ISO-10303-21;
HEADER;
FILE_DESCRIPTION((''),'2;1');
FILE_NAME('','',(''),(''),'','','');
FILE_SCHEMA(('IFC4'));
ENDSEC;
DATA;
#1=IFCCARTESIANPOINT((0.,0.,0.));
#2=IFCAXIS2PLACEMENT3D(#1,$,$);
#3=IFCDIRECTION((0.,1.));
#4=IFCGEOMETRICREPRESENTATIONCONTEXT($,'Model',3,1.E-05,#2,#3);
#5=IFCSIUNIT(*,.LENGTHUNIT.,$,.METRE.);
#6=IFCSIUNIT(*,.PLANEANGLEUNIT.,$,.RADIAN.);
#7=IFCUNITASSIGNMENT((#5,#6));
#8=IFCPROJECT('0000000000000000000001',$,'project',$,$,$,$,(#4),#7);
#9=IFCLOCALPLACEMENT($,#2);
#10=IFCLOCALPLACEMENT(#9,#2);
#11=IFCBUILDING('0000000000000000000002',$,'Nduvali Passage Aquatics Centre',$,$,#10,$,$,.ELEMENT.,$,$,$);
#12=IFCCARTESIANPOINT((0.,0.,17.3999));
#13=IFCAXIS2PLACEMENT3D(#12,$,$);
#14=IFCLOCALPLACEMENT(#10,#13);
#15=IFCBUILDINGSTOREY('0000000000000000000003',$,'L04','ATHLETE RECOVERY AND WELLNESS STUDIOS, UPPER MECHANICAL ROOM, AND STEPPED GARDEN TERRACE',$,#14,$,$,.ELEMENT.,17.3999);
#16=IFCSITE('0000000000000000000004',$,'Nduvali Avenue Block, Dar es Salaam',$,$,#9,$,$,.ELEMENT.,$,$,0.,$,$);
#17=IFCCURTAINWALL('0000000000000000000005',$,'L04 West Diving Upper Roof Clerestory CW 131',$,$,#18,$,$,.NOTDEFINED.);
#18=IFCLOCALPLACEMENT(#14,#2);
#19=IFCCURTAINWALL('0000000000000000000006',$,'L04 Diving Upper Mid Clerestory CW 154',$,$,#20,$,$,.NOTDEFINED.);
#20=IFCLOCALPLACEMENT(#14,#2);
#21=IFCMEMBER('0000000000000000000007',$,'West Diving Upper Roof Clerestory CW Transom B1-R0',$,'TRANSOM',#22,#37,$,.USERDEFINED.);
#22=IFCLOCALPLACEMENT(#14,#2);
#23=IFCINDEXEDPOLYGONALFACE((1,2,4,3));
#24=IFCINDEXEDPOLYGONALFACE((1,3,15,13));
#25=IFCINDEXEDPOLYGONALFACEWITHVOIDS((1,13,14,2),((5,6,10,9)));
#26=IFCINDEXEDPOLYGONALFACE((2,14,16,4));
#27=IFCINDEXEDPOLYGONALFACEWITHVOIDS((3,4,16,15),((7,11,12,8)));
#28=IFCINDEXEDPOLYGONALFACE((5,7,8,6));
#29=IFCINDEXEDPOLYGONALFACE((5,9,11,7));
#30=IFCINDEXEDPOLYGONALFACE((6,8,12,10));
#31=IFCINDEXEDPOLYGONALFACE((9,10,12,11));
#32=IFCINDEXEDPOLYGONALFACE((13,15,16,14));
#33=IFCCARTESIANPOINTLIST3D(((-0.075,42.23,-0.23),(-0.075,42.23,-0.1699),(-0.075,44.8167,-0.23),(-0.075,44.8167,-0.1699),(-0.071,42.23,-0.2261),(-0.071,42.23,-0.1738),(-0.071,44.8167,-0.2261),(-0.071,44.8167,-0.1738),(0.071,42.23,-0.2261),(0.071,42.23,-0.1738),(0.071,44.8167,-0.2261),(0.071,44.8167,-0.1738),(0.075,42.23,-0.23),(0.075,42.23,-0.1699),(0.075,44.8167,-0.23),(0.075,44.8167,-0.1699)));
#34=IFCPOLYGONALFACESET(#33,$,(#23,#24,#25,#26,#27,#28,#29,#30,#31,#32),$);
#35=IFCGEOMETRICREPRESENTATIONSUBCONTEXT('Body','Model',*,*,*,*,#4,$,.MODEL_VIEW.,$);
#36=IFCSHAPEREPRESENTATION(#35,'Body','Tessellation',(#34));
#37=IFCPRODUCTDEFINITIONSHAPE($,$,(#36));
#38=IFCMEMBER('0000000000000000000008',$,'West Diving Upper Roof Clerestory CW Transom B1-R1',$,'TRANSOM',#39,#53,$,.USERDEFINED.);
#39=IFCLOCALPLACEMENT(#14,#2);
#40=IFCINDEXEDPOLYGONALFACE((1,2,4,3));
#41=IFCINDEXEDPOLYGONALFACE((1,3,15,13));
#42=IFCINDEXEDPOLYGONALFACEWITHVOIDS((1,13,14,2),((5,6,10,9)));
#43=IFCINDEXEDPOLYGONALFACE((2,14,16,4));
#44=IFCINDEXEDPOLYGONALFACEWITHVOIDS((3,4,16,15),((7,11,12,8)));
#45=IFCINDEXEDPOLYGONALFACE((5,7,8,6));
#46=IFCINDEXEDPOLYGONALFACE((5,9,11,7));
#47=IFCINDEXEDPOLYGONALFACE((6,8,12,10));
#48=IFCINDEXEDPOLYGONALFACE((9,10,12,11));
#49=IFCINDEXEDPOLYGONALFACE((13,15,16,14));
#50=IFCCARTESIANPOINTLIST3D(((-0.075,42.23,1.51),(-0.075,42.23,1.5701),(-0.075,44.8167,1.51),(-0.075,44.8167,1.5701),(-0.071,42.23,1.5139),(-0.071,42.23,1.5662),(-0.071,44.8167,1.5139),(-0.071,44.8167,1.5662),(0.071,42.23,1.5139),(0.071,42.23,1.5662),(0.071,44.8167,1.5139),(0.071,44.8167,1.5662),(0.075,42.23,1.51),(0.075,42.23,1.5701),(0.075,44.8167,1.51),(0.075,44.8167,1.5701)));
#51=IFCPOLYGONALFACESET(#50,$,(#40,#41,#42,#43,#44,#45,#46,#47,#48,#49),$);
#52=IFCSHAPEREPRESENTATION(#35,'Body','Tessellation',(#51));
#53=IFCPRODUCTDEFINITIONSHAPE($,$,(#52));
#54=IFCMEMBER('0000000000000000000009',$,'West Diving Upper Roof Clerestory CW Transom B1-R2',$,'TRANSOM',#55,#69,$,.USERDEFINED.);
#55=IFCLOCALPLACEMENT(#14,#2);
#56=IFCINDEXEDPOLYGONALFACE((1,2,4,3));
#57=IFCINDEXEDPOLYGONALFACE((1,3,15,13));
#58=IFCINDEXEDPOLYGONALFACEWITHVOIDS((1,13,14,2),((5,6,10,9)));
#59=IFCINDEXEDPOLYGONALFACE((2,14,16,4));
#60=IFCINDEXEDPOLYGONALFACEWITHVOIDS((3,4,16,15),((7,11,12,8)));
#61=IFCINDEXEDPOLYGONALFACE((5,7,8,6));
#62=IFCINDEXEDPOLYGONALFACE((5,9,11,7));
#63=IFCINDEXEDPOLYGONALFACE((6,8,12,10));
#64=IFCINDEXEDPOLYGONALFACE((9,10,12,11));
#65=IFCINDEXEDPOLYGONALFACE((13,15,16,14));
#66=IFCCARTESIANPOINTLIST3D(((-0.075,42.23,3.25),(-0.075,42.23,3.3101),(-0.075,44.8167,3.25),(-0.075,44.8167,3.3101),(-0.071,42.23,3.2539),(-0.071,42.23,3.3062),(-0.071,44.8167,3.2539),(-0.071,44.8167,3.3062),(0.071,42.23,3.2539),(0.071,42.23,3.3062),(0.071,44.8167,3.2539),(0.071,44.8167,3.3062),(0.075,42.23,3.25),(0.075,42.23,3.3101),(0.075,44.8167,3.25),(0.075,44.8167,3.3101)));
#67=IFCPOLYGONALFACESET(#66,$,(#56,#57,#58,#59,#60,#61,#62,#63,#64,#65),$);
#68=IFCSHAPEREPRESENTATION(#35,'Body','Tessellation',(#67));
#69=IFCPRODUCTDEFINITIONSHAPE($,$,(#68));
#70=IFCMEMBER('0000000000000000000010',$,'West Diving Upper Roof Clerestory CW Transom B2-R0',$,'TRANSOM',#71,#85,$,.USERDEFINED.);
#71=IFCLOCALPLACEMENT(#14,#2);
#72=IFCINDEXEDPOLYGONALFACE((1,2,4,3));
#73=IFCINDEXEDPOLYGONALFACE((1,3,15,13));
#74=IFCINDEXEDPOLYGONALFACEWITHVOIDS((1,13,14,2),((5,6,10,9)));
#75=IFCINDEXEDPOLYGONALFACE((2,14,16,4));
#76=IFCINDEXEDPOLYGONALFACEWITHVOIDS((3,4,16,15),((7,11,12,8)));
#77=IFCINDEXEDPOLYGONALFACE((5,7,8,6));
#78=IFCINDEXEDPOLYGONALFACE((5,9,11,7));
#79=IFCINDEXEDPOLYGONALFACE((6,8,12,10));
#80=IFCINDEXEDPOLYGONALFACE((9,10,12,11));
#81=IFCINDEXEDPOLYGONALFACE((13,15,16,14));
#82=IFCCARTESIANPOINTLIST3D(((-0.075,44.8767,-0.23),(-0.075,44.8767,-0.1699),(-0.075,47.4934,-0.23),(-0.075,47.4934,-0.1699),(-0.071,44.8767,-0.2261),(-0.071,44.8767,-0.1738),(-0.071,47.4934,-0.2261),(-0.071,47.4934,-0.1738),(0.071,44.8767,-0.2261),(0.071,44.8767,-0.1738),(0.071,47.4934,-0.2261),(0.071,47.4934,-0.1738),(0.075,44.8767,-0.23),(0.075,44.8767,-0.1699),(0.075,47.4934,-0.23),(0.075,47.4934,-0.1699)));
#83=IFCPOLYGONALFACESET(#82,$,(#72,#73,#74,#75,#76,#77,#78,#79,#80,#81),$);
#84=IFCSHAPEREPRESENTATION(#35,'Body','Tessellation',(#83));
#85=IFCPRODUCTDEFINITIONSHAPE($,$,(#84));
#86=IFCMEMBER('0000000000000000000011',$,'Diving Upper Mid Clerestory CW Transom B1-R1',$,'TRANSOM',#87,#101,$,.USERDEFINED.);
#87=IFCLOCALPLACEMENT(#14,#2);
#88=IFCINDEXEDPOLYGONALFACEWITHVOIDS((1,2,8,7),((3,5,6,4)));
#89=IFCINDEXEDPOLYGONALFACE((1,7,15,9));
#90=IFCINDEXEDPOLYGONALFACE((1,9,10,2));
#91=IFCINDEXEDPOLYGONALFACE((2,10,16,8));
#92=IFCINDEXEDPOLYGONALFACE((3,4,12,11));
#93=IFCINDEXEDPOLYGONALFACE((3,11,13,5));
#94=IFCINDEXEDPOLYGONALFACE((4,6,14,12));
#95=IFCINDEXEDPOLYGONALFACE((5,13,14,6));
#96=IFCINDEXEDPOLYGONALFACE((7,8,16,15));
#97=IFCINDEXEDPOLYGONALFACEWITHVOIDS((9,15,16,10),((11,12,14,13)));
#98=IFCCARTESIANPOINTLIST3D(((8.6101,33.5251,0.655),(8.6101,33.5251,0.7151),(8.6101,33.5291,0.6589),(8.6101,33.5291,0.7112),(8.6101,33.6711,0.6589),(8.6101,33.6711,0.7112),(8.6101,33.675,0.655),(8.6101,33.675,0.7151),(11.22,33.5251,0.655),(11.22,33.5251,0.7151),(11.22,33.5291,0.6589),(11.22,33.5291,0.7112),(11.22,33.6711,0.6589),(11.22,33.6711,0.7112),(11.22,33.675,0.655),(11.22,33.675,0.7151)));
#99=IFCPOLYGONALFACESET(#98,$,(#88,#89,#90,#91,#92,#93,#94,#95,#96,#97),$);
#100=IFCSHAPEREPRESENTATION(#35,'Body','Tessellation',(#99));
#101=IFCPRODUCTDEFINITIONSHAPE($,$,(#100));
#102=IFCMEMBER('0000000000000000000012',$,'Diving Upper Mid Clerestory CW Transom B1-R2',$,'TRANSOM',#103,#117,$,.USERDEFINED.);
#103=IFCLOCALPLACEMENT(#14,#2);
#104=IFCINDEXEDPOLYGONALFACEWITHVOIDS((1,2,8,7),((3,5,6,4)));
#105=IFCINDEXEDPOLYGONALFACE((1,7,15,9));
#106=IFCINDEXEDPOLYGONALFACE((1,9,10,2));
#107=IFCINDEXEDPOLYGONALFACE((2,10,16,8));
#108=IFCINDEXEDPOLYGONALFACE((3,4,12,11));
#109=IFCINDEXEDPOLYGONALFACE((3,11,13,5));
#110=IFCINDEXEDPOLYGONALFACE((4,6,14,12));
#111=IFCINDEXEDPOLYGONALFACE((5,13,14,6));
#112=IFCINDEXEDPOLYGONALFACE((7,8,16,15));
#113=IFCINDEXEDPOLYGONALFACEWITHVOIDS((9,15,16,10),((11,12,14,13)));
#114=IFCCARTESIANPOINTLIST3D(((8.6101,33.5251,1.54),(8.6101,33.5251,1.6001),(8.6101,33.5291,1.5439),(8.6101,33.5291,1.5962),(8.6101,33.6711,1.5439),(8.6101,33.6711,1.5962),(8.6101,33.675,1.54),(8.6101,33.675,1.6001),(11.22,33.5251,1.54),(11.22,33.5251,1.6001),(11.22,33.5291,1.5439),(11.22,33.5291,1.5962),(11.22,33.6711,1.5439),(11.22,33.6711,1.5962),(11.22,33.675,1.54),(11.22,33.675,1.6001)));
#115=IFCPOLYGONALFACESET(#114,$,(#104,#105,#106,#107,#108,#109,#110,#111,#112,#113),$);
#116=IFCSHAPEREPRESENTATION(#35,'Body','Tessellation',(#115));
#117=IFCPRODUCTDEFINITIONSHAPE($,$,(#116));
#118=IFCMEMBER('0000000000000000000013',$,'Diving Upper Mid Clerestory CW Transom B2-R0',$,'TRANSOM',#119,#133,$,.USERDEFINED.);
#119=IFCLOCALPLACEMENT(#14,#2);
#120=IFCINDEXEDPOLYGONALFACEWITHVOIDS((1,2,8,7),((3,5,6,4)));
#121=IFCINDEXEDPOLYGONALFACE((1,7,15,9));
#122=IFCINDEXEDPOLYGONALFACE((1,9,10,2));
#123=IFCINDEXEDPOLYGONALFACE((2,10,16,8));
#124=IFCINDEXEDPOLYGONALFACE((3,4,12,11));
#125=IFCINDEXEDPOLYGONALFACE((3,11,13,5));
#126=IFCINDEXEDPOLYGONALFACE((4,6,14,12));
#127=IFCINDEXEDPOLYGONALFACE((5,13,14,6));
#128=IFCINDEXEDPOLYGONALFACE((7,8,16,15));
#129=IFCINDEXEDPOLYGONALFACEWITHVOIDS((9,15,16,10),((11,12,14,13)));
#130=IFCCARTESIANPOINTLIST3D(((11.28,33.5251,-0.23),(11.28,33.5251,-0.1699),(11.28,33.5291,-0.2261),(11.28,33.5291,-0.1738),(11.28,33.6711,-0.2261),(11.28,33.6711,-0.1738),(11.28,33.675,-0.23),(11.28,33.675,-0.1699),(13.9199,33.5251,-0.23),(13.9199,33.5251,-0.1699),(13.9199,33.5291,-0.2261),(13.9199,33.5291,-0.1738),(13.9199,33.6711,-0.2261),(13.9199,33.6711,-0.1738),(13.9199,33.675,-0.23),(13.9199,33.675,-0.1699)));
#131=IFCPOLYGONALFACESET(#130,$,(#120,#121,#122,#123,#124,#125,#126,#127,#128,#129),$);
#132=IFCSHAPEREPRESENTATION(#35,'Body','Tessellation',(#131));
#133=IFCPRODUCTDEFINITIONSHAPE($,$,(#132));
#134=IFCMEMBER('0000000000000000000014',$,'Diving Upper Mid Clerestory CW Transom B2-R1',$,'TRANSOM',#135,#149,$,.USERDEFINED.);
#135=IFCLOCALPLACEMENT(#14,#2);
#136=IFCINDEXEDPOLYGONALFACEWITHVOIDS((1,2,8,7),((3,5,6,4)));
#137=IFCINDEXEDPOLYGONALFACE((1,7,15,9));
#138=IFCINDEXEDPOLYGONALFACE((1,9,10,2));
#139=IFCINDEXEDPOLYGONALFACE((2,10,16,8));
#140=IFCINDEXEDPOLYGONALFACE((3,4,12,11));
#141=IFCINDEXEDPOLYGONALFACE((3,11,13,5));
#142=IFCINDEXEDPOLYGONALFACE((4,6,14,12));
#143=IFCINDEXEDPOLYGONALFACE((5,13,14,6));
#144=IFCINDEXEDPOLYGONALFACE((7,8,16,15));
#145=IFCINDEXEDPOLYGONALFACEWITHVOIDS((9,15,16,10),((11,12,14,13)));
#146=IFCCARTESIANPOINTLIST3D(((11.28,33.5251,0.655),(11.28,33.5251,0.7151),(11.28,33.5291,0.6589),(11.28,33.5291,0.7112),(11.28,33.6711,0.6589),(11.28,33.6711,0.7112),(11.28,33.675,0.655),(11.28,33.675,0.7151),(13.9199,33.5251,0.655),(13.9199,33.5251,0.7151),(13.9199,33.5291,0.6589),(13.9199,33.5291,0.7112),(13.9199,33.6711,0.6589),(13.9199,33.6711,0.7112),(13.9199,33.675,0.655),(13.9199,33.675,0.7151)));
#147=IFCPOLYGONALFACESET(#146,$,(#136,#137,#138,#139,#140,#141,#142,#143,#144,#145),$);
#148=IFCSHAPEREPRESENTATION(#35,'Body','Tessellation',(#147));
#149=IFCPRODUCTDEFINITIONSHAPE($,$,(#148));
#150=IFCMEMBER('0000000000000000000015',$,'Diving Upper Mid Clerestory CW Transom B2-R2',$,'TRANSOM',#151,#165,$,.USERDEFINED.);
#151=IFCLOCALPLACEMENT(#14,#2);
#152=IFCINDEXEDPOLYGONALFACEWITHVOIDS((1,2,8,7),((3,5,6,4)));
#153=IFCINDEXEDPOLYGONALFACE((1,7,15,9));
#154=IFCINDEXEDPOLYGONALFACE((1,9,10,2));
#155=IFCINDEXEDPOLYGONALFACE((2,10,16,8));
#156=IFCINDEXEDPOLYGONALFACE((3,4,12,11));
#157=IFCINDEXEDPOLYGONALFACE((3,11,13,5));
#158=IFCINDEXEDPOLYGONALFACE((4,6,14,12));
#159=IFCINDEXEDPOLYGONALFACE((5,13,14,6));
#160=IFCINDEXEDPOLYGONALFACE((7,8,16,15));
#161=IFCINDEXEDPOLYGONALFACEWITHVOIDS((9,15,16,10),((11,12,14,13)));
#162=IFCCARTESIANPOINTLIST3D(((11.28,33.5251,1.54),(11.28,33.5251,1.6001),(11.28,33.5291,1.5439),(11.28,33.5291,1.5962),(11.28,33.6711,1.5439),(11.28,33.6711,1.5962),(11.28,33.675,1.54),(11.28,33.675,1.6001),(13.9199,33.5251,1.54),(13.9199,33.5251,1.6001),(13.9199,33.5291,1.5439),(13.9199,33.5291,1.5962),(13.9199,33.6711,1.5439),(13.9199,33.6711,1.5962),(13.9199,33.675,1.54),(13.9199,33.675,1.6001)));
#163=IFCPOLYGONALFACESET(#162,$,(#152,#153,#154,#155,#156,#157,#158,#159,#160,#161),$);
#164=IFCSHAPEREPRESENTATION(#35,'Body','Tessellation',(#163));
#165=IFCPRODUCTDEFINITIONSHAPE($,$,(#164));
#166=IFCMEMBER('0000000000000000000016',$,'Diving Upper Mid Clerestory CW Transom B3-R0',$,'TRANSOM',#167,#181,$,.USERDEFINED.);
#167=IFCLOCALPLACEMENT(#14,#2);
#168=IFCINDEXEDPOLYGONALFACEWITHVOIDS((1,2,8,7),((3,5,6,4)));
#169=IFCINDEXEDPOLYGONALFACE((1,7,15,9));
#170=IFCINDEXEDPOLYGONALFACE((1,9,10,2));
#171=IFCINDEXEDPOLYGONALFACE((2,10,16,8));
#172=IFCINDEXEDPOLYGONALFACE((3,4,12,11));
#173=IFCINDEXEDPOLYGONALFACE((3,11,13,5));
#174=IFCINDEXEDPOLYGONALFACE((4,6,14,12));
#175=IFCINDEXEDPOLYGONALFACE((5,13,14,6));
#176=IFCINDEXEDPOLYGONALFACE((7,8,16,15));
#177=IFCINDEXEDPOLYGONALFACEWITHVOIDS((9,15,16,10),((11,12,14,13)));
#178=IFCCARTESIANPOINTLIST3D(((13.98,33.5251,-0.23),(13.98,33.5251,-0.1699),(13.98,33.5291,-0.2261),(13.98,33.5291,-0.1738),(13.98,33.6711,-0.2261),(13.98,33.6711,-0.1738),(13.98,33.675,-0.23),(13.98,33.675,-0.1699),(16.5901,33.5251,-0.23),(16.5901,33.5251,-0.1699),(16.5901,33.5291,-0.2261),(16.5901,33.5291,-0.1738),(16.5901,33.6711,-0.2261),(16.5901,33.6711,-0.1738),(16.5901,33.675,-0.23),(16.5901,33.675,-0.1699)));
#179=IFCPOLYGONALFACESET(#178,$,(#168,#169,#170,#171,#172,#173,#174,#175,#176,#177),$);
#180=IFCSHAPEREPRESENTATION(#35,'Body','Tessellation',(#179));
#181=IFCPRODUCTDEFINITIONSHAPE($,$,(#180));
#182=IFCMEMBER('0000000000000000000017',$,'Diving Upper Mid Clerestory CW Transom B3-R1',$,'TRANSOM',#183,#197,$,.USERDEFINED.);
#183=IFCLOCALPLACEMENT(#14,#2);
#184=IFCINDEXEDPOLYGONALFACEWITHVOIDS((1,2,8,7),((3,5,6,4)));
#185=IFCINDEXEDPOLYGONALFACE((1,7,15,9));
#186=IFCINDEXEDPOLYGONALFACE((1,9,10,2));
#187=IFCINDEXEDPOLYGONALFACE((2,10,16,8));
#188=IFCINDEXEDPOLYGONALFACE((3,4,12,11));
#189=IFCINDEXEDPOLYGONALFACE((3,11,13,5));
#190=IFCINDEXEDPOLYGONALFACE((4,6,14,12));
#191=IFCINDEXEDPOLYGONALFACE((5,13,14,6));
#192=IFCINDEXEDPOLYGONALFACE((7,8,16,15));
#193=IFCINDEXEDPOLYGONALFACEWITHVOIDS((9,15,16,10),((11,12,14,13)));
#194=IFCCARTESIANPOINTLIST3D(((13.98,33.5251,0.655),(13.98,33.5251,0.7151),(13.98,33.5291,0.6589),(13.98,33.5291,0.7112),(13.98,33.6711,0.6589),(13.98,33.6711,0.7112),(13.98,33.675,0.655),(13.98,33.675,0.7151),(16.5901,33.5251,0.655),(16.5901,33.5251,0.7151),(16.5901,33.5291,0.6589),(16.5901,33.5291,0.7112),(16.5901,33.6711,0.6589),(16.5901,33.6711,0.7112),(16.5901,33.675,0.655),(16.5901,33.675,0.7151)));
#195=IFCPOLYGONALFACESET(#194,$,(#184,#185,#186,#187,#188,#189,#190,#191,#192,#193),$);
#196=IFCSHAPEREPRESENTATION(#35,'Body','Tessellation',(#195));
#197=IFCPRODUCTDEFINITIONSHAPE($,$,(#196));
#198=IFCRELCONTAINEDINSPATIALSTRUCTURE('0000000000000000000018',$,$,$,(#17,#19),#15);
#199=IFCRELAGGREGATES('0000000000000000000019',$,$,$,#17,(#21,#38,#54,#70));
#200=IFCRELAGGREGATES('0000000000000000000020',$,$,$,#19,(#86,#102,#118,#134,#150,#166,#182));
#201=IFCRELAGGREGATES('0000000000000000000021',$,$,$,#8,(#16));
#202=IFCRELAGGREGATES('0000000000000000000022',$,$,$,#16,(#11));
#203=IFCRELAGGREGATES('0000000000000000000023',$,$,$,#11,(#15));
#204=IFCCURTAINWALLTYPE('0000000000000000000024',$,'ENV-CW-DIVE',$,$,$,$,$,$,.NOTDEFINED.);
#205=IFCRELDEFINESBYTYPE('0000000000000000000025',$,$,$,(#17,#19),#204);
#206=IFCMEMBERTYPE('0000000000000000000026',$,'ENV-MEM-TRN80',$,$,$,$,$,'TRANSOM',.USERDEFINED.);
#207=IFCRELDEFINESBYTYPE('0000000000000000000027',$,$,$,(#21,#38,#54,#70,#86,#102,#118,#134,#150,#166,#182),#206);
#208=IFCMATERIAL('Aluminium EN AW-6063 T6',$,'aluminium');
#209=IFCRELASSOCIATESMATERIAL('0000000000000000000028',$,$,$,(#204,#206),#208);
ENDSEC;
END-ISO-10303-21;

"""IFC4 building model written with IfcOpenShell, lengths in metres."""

from ifc_helpers import new_model, si_unit, direction, frame, origin, origin_2d, place, context, subcontext, project, spatial, hollow_rectangle, extrude, material, material_profile, profile_set, type_object, element, aggregate, save


model = new_model("IFC4")

# Units and contexts
model_context = context("Model", 3, precision=1e-05, world=origin(), true_north=direction((0.0, 1.0)))
body_context = subcontext(model_context, "Body", "Model", "MODEL_VIEW")
ifc_project = project(units=[si_unit("LENGTHUNIT", "METRE"), si_unit("PLANEANGLEUNIT", "RADIAN")], contexts=[model_context])

# Site, building, storey
site_placement = place(None, origin())
site = spatial("IfcSite", under=ifc_project, at=site_placement, Name="Nduvali Avenue Block, Dar es Salaam", CompositionType="ELEMENT", RefElevation=0.0)
building_placement = place(site_placement, origin())
building = spatial("IfcBuilding", under=site, at=building_placement, Name="Nduvali Passage Aquatics Centre", CompositionType="ELEMENT")
storey_placement = place(building_placement, frame((0.0, 0.0, 17.3999)))
storey = spatial("IfcBuildingStorey", under=building, at=storey_placement, Name="L04", Description="ATHLETE RECOVERY AND WELLNESS STUDIOS, UPPER MECHANICAL ROOM, AND STEPPED GARDEN TERRACE", CompositionType="ELEMENT", Elevation=17.3999)

# Curtain walls
ifc_material_1 = material(Name="Aluminium EN AW-6063 T6", Category="aluminium")
curtain_wall_type = type_object("IfcCurtainWallType", Name="ENV-CW-DIVE", PredefinedType="NOTDEFINED", material=ifc_material_1)
curtain_wall_1_placement = place(storey_placement, origin())
curtain_wall_1 = element("IfcCurtainWall", 1, at=curtain_wall_1_placement, inside=storey, type_object=curtain_wall_type, Name="L04 West Diving Upper Roof Clerestory CW 131", PredefinedType="NOTDEFINED")
curtain_wall_2_placement = place(storey_placement, origin())
curtain_wall_2 = element("IfcCurtainWall", 2, at=curtain_wall_2_placement, inside=storey, type_object=curtain_wall_type, Name="L04 Diving Upper Mid Clerestory CW 154", PredefinedType="NOTDEFINED")

# Members
ifc_material_profile_1 = material_profile(ifc_material_1, hollow_rectangle(XDim=0.1499, YDim=0.0601, WallThickness=0.0039, at=origin_2d()), Name="ALU TRANSOM 150x60x4")
ifc_profile_set_1 = profile_set([ifc_material_profile_1], Name="Aluminium EN AW-6063 T6")
member_type_1 = type_object("IfcMemberType", Name="ENV-MEM-TRN80", ElementType="TRANSOM", PredefinedType="USERDEFINED", material=ifc_profile_set_1)
member_1_placement = place(storey_placement, frame((0.0, 42.23, -0.2), z_axis=(0.0, 1.0, 0.0), x_axis=(-1.0, 0.0, 0.0)))
member_1 = element("IfcMember", 3, at=member_1_placement, type_object=member_type_1, Name="West Diving Upper Roof Clerestory CW Transom B1-R0", ObjectType="TRANSOM", PredefinedType="USERDEFINED", context=body_context, shape_type="SweptSolid", body=[
    extrude(hollow_rectangle(XDim=0.1499, YDim=0.0601, WallThickness=0.0039, at=origin_2d()), origin(), (0.0, 0.0, 1.0), 2.5867),
])
member_2_placement = place(storey_placement, frame((0.0, 42.23, 1.54), z_axis=(0.0, 1.0, 0.0), x_axis=(-1.0, 0.0, 0.0)))
member_2 = element("IfcMember", 4, at=member_2_placement, type_object=member_type_1, Name="West Diving Upper Roof Clerestory CW Transom B1-R1", ObjectType="TRANSOM", PredefinedType="USERDEFINED", context=body_context, shape_type="SweptSolid", body=[
    extrude(hollow_rectangle(XDim=0.1499, YDim=0.0601, WallThickness=0.0039, at=origin_2d()), origin(), (0.0, 0.0, 1.0), 2.5867),
])
member_3_placement = place(storey_placement, frame((0.0, 42.23, 3.28), z_axis=(0.0, 1.0, 0.0), x_axis=(-1.0, 0.0, 0.0)))
member_3 = element("IfcMember", 5, at=member_3_placement, type_object=member_type_1, Name="West Diving Upper Roof Clerestory CW Transom B1-R2", ObjectType="TRANSOM", PredefinedType="USERDEFINED", context=body_context, shape_type="SweptSolid", body=[
    extrude(hollow_rectangle(XDim=0.1499, YDim=0.0601, WallThickness=0.0039, at=origin_2d()), origin(), (0.0, 0.0, 1.0), 2.5867),
])
member_4_placement = place(storey_placement, frame((0.0, 44.8767, -0.2), z_axis=(0.0, 1.0, 0.0), x_axis=(-1.0, 0.0, 0.0)))
member_4 = element("IfcMember", 6, at=member_4_placement, type_object=member_type_1, Name="West Diving Upper Roof Clerestory CW Transom B2-R0", ObjectType="TRANSOM", PredefinedType="USERDEFINED", context=body_context, shape_type="SweptSolid", body=[
    extrude(hollow_rectangle(XDim=0.1499, YDim=0.0601, WallThickness=0.0039, at=origin_2d()), origin(), (0.0, 0.0, 1.0), 2.6167),
])
member_5_placement = place(storey_placement, frame((8.6101, 33.6001, 0.6851), z_axis=(1.0, 0.0, 0.0), x_axis=(0.0, 1.0, 0.0)))
member_5 = element("IfcMember", 7, at=member_5_placement, type_object=member_type_1, Name="Diving Upper Mid Clerestory CW Transom B1-R1", ObjectType="TRANSOM", PredefinedType="USERDEFINED", context=body_context, shape_type="SweptSolid", body=[
    extrude(hollow_rectangle(XDim=0.1499, YDim=0.0601, WallThickness=0.0039, at=origin_2d()), origin(), (0.0, 0.0, 1.0), 2.6099),
])
member_6_placement = place(storey_placement, frame((8.6101, 33.6001, 1.5701), z_axis=(1.0, 0.0, 0.0), x_axis=(0.0, 1.0, 0.0)))
member_6 = element("IfcMember", 8, at=member_6_placement, type_object=member_type_1, Name="Diving Upper Mid Clerestory CW Transom B1-R2", ObjectType="TRANSOM", PredefinedType="USERDEFINED", context=body_context, shape_type="SweptSolid", body=[
    extrude(hollow_rectangle(XDim=0.1499, YDim=0.0601, WallThickness=0.0039, at=origin_2d()), origin(), (0.0, 0.0, 1.0), 2.6099),
])
member_7_placement = place(storey_placement, frame((11.28, 33.6001, -0.2), z_axis=(1.0, 0.0, 0.0), x_axis=(0.0, 1.0, 0.0)))
member_7 = element("IfcMember", 9, at=member_7_placement, type_object=member_type_1, Name="Diving Upper Mid Clerestory CW Transom B2-R0", ObjectType="TRANSOM", PredefinedType="USERDEFINED", context=body_context, shape_type="SweptSolid", body=[
    extrude(hollow_rectangle(XDim=0.1499, YDim=0.0601, WallThickness=0.0039, at=origin_2d()), origin(), (0.0, 0.0, 1.0), 2.6399),
])
member_8_placement = place(storey_placement, frame((11.28, 33.6001, 0.6851), z_axis=(1.0, 0.0, 0.0), x_axis=(0.0, 1.0, 0.0)))
member_8 = element("IfcMember", 10, at=member_8_placement, type_object=member_type_1, Name="Diving Upper Mid Clerestory CW Transom B2-R1", ObjectType="TRANSOM", PredefinedType="USERDEFINED", context=body_context, shape_type="SweptSolid", body=[
    extrude(hollow_rectangle(XDim=0.1499, YDim=0.0601, WallThickness=0.0039, at=origin_2d()), origin(), (0.0, 0.0, 1.0), 2.6399),
])
member_9_placement = place(storey_placement, frame((11.28, 33.6001, 1.5701), z_axis=(1.0, 0.0, 0.0), x_axis=(0.0, 1.0, 0.0)))
member_9 = element("IfcMember", 11, at=member_9_placement, type_object=member_type_1, Name="Diving Upper Mid Clerestory CW Transom B2-R2", ObjectType="TRANSOM", PredefinedType="USERDEFINED", context=body_context, shape_type="SweptSolid", body=[
    extrude(hollow_rectangle(XDim=0.1499, YDim=0.0601, WallThickness=0.0039, at=origin_2d()), origin(), (0.0, 0.0, 1.0), 2.6399),
])
member_10_placement = place(storey_placement, frame((13.98, 33.6001, -0.2), z_axis=(1.0, 0.0, 0.0), x_axis=(0.0, 1.0, 0.0)))
member_10 = element("IfcMember", 12, at=member_10_placement, type_object=member_type_1, Name="Diving Upper Mid Clerestory CW Transom B3-R0", ObjectType="TRANSOM", PredefinedType="USERDEFINED", context=body_context, shape_type="SweptSolid", body=[
    extrude(hollow_rectangle(XDim=0.1499, YDim=0.0601, WallThickness=0.0039, at=origin_2d()), origin(), (0.0, 0.0, 1.0), 2.6101),
])
member_11_placement = place(storey_placement, frame((13.98, 33.6001, 0.6851), z_axis=(1.0, 0.0, 0.0), x_axis=(0.0, 1.0, 0.0)))
member_11 = element("IfcMember", 13, at=member_11_placement, type_object=member_type_1, Name="Diving Upper Mid Clerestory CW Transom B3-R1", ObjectType="TRANSOM", PredefinedType="USERDEFINED", context=body_context, shape_type="SweptSolid", body=[
    extrude(hollow_rectangle(XDim=0.1499, YDim=0.0601, WallThickness=0.0039, at=origin_2d()), origin(), (0.0, 0.0, 1.0), 2.6101),
])

aggregate(curtain_wall_1, [member_1, member_2, member_3, member_4])
aggregate(curtain_wall_2, [member_5, member_6, member_7, member_8, member_9, member_10, member_11])

save(model, "model.ifc")
